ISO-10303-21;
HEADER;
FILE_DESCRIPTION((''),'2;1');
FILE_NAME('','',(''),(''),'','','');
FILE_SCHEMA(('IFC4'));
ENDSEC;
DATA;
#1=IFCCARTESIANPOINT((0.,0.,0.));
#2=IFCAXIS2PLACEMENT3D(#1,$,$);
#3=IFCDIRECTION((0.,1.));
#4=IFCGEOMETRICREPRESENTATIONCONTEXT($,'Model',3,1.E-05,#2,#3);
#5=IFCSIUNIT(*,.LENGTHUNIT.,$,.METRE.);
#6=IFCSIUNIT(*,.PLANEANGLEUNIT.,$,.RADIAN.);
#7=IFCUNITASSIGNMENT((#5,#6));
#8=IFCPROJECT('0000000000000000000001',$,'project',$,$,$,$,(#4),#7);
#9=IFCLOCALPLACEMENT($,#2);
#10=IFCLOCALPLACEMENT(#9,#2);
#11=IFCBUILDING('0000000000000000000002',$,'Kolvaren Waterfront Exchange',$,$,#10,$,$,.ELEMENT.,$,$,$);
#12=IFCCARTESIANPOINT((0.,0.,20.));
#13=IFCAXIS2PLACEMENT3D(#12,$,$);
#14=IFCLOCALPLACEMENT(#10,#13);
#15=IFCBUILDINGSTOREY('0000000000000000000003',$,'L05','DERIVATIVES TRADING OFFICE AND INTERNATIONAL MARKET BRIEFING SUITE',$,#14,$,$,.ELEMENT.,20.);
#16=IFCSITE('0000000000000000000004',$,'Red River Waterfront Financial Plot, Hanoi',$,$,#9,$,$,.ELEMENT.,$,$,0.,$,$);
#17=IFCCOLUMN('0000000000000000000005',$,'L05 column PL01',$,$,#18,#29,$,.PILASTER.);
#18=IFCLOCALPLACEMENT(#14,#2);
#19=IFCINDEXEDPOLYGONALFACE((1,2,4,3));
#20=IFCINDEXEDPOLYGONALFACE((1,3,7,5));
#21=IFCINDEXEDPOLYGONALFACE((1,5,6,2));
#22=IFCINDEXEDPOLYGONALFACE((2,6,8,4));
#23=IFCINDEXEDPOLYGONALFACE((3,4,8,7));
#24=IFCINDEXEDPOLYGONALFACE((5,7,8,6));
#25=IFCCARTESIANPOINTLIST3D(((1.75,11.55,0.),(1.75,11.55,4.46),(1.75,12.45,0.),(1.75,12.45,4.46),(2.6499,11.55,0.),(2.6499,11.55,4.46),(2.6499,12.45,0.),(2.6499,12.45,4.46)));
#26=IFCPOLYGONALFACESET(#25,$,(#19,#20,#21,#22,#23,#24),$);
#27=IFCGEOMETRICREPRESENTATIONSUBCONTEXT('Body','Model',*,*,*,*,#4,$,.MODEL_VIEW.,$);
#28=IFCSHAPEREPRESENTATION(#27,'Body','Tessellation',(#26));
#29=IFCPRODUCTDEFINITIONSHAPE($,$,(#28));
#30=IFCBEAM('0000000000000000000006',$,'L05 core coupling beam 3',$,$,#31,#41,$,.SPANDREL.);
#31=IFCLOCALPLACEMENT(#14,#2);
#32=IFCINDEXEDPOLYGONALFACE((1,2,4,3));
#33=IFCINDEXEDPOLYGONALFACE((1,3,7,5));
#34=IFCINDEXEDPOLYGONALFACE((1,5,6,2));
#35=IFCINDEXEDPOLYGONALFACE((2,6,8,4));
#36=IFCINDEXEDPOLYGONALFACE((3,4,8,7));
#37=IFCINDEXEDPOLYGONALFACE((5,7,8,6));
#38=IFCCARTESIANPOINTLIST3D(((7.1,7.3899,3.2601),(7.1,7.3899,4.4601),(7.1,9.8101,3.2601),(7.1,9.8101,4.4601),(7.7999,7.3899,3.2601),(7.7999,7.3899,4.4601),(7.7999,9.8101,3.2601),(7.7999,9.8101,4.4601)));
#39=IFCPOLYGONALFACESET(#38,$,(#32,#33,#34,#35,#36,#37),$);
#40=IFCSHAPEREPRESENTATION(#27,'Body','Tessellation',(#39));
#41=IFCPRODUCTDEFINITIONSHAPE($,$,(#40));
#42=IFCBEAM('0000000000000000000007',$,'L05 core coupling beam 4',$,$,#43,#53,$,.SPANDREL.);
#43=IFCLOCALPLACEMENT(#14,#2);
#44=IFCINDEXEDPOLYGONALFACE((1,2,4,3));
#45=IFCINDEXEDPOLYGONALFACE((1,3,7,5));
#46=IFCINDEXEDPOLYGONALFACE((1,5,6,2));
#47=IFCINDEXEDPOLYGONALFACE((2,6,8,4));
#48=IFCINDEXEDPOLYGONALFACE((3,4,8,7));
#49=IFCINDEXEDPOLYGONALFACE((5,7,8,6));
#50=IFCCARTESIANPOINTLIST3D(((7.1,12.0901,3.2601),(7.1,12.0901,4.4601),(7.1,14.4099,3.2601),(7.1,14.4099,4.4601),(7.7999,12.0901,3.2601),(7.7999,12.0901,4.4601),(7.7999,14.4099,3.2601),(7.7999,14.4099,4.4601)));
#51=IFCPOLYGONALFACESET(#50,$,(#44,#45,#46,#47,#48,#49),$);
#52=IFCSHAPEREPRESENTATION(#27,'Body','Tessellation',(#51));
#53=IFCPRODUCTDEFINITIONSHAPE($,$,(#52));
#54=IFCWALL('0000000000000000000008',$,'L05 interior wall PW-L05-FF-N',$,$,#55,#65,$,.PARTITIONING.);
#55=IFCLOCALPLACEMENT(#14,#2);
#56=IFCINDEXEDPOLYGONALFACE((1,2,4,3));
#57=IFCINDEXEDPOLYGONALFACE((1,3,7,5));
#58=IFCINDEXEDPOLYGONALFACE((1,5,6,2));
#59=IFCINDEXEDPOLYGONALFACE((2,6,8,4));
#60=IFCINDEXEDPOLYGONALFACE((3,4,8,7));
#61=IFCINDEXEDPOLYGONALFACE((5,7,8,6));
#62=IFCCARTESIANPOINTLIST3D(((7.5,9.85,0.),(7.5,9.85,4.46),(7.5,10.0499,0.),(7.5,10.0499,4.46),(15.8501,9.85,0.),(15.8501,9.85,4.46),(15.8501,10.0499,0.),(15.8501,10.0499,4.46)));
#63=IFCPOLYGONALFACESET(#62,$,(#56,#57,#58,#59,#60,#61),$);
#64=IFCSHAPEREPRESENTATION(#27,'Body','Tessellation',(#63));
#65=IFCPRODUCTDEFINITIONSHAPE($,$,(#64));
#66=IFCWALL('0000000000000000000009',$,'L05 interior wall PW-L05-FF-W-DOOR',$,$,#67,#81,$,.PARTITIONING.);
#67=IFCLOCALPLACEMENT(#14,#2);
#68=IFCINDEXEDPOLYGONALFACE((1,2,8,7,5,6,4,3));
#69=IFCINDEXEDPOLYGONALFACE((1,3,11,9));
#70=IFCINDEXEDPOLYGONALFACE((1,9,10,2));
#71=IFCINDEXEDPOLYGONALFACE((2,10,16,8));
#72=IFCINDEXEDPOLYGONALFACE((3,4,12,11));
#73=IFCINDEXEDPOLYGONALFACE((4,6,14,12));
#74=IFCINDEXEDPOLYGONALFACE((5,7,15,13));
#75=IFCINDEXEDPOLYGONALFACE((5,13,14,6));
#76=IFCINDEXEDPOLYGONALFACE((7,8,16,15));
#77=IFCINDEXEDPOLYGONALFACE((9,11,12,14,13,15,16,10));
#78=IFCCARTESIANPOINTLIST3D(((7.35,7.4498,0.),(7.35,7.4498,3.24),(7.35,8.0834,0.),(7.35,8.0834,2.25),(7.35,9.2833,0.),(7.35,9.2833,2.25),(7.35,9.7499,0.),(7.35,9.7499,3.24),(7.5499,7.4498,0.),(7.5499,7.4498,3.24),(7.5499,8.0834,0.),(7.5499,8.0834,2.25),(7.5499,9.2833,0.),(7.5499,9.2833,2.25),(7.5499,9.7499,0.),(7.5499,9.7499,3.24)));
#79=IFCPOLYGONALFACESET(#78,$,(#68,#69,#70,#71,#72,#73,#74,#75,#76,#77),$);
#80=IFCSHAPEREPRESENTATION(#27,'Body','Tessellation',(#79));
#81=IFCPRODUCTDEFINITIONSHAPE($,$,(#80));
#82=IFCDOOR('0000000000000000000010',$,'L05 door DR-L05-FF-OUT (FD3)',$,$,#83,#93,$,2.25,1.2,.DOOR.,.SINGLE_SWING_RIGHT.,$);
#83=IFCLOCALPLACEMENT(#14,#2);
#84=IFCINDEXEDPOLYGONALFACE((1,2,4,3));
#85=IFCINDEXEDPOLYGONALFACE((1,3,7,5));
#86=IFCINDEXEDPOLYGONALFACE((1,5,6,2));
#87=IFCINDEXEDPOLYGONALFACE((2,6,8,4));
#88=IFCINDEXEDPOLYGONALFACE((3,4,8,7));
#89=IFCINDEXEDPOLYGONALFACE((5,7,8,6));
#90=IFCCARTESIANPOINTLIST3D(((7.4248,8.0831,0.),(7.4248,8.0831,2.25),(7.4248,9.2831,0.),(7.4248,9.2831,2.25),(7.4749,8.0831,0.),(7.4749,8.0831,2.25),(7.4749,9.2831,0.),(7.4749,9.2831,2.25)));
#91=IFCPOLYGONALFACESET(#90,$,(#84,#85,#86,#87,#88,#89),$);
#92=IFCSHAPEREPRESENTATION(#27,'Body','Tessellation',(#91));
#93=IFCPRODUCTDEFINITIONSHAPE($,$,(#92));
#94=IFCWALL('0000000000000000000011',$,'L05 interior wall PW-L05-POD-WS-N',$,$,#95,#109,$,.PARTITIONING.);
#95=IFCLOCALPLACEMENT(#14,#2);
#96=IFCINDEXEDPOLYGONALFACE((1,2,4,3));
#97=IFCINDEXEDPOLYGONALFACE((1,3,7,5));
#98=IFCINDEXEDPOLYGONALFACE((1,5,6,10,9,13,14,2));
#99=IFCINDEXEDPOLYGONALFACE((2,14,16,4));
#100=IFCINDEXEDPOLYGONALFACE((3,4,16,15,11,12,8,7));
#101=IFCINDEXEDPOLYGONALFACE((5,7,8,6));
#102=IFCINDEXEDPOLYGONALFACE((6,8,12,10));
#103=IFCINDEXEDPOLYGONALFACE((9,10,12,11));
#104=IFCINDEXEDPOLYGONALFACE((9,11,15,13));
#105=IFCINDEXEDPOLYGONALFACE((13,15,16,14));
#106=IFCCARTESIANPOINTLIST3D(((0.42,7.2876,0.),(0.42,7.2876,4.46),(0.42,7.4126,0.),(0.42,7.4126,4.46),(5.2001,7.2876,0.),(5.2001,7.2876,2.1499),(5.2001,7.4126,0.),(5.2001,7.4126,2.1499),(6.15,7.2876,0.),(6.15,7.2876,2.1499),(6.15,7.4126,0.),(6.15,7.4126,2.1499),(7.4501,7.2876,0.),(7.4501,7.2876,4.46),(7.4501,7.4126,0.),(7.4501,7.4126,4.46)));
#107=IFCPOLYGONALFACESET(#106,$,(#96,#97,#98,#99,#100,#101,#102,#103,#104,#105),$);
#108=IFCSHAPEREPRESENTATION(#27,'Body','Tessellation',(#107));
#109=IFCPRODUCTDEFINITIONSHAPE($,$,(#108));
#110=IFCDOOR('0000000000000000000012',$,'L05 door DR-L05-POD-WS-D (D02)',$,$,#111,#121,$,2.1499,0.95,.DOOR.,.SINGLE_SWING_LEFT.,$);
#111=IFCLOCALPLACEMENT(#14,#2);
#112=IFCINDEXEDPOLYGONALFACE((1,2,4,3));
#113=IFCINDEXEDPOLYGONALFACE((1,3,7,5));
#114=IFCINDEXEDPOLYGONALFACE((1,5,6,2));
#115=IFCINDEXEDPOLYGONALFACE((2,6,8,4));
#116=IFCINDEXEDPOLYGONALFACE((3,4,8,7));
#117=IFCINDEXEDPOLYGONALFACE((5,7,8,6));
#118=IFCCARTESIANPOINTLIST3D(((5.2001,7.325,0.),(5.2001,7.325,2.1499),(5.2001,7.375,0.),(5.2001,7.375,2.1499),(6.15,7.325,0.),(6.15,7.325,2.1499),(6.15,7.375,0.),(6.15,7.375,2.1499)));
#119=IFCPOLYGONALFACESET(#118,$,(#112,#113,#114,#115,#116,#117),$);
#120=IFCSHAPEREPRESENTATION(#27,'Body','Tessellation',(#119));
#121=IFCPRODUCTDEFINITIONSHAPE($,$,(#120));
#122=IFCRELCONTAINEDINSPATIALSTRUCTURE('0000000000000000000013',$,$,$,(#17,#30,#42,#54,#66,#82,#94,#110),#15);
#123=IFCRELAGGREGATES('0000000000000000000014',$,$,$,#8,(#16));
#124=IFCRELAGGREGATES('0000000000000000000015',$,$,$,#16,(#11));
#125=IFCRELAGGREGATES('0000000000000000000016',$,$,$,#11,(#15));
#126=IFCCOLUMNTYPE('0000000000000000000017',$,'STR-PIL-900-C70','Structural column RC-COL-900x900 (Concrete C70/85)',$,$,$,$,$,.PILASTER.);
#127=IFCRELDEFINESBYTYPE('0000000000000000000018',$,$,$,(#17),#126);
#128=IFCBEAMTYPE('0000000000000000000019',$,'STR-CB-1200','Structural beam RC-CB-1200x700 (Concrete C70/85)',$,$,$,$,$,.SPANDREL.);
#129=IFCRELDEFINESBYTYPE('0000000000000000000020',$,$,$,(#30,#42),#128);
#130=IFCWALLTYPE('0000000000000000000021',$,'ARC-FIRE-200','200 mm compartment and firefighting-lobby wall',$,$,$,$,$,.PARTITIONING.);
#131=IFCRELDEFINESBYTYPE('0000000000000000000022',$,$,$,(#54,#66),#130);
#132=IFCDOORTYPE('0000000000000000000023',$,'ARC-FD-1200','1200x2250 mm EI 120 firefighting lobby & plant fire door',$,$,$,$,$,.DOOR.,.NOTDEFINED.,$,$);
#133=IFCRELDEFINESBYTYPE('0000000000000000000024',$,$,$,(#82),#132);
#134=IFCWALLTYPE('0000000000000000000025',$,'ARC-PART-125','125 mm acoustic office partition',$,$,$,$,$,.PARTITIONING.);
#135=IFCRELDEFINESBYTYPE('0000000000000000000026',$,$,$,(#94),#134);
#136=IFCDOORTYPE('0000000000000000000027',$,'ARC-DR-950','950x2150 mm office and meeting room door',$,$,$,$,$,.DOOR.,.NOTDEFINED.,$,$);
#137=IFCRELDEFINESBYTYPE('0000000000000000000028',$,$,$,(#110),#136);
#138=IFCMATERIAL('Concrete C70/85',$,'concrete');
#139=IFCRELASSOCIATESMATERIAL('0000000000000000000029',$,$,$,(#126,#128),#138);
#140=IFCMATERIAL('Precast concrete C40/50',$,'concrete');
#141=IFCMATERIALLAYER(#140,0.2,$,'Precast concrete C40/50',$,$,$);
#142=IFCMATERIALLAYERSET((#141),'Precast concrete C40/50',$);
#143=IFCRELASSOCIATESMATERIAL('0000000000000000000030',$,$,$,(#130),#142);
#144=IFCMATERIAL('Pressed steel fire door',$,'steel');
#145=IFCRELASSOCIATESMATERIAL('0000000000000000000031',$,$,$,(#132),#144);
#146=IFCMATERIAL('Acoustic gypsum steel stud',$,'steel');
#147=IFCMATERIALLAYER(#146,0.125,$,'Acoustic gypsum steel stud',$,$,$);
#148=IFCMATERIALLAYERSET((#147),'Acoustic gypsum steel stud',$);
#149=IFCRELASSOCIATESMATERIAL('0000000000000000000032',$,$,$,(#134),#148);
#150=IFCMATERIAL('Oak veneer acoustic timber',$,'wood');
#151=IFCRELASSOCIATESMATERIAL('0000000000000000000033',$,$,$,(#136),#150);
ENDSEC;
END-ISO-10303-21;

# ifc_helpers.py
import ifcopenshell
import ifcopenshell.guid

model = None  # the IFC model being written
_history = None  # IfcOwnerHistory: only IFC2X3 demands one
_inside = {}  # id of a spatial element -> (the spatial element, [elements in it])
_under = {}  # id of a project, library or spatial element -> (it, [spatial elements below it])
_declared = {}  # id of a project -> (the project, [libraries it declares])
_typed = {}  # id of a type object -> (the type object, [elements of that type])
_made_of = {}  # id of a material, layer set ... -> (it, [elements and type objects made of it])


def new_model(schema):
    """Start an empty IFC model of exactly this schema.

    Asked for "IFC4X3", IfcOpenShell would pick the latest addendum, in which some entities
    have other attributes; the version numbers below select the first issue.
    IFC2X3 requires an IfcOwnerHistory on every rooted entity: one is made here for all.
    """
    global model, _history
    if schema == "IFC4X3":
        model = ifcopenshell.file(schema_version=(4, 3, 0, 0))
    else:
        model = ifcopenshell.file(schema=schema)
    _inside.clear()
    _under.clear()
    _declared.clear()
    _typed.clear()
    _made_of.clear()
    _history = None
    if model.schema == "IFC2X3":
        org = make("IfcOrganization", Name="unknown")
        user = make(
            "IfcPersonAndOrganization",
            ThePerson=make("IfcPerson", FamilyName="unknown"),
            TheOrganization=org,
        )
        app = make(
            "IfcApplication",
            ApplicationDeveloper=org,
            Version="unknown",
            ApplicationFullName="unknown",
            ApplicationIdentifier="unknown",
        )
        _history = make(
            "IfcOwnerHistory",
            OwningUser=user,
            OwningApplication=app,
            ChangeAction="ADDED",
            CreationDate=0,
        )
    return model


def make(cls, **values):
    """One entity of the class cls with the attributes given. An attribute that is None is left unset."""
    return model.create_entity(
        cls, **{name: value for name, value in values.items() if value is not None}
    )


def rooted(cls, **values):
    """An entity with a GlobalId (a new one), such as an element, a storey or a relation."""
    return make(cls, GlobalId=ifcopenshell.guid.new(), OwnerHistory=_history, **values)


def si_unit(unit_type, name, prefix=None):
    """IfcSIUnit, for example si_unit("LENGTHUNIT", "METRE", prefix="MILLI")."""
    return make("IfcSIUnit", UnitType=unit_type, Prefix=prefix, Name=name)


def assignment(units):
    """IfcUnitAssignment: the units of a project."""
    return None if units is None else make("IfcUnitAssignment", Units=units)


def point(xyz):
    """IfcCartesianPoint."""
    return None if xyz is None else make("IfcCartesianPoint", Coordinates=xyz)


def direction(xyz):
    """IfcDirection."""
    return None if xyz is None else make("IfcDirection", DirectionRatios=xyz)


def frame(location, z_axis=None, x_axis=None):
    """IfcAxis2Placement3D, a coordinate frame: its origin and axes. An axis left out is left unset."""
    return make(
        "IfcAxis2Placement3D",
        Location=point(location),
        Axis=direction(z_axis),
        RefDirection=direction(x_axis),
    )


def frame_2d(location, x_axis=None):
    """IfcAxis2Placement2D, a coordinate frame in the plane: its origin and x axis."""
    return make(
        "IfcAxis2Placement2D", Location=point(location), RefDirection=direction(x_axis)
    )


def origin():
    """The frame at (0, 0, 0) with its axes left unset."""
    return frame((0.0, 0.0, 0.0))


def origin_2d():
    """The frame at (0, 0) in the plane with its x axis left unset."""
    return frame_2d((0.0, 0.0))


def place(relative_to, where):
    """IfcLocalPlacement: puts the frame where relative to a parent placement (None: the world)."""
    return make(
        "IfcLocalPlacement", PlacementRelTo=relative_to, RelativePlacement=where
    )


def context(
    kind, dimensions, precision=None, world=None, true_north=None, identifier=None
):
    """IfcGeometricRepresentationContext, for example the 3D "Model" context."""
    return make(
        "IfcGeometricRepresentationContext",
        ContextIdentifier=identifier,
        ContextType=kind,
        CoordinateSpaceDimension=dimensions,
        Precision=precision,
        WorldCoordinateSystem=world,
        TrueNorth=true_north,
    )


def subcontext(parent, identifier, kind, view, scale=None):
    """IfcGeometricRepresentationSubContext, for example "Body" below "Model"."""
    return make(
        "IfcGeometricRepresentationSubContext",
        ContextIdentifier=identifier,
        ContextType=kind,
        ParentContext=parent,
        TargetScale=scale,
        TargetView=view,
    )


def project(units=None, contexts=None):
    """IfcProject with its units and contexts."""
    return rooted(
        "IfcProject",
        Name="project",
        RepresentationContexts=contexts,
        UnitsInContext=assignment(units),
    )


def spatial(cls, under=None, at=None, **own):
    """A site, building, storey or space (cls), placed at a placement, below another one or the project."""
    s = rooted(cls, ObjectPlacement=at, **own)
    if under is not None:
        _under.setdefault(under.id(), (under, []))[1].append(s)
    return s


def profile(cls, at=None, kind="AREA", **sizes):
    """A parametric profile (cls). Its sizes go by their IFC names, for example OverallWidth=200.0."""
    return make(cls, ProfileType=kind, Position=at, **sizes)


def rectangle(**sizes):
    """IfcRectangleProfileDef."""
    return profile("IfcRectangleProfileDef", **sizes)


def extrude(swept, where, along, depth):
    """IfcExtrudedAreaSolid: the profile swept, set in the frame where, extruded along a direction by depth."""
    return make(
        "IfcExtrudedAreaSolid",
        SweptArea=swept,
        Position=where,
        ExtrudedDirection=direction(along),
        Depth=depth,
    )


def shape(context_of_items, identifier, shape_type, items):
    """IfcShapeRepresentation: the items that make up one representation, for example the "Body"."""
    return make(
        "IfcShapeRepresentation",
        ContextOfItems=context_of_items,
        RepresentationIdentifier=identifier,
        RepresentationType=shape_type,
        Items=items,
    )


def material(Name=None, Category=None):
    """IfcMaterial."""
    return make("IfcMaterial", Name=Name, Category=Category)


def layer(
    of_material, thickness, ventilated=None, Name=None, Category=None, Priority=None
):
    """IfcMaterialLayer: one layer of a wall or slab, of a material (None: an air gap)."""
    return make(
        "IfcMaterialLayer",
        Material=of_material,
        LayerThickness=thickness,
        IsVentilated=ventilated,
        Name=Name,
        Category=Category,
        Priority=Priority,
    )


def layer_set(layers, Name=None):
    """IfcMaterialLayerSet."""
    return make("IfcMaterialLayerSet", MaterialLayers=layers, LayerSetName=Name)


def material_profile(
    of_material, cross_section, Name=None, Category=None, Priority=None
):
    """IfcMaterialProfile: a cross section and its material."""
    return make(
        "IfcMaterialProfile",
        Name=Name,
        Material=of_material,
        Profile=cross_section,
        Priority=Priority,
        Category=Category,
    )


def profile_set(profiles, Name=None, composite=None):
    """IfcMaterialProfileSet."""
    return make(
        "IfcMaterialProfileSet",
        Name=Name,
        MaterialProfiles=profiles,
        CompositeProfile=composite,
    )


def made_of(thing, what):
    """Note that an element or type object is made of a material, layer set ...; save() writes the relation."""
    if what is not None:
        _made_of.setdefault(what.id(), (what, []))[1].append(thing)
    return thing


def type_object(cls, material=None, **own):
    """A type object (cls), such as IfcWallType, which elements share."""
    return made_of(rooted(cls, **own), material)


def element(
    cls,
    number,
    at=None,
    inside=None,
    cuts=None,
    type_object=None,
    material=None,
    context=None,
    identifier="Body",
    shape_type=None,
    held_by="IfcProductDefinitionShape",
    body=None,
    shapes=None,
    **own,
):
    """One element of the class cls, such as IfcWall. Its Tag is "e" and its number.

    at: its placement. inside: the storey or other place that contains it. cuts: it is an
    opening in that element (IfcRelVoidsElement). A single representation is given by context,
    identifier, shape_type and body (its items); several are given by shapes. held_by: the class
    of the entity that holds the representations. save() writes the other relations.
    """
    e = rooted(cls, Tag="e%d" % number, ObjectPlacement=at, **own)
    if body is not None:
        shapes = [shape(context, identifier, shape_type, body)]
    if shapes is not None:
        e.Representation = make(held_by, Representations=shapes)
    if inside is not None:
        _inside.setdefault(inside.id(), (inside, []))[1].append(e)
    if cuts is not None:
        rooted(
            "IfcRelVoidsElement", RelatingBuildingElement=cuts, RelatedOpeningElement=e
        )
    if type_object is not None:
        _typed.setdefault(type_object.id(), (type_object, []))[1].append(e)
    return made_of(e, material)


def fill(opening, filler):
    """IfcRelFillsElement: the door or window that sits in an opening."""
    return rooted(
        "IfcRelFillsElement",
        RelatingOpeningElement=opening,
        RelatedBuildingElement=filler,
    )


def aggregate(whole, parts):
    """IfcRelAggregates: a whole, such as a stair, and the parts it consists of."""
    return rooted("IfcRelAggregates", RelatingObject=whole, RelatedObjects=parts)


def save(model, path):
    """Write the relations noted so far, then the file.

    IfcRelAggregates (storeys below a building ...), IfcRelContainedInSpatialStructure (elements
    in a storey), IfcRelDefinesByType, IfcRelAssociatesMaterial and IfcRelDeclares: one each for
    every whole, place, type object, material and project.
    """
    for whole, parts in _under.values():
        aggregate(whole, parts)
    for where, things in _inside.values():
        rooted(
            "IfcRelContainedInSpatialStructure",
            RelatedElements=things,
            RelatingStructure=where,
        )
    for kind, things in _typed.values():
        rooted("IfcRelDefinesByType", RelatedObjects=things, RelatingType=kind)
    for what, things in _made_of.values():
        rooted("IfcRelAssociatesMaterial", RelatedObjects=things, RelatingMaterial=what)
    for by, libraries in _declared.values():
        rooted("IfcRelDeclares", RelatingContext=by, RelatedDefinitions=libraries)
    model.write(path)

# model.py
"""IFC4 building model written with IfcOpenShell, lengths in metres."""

from ifc_helpers import new_model, si_unit, direction, frame, frame_2d, origin, origin_2d, place, context, subcontext, project, spatial, rectangle, extrude, material, layer, layer_set, material_profile, profile_set, type_object, element, fill, save


model = new_model("IFC4")

# Units and contexts
model_context = context("Model", 3, precision=1e-05, world=origin(), true_north=direction((0.0, 1.0)))
body_context = subcontext(model_context, "Body", "Model", "MODEL_VIEW")
ifc_project = project(units=[si_unit("LENGTHUNIT", "METRE"), si_unit("PLANEANGLEUNIT", "RADIAN")], contexts=[model_context])

# Site, building, storey
site_placement = place(None, origin())
site = spatial("IfcSite", under=ifc_project, at=site_placement, Name="Red River Waterfront Financial Plot, Hanoi", CompositionType="ELEMENT", RefElevation=0.0)
building_placement = place(site_placement, origin())
building = spatial("IfcBuilding", under=site, at=building_placement, Name="Kolvaren Waterfront Exchange", CompositionType="ELEMENT")
storey_placement = place(building_placement, frame((0.0, 0.0, 20.0)))
storey = spatial("IfcBuildingStorey", under=building, at=storey_placement, Name="L05", Description="DERIVATIVES TRADING OFFICE AND INTERNATIONAL MARKET BRIEFING SUITE", CompositionType="ELEMENT", Elevation=20.0)

# Column
ifc_material_1 = material(Name="Concrete C70/85", Category="concrete")
ifc_material_profile_1 = material_profile(ifc_material_1, rectangle(XDim=0.8999, YDim=0.8999, at=origin_2d()), Name="RC-COL-900x900")
ifc_profile_set_1 = profile_set([ifc_material_profile_1], Name="Concrete C70/85")
column_type = type_object("IfcColumnType", Name="STR-PIL-900-C70", Description="Structural column RC-COL-900x900 (Concrete C70/85)", PredefinedType="PILASTER", material=ifc_profile_set_1)
column_placement = place(storey_placement, frame((2.2, 12.0, 0.0), z_axis=(0.0, 0.0, 1.0), x_axis=(1.0, 0.0, 0.0)))
element("IfcColumn", 1, at=column_placement, inside=storey, type_object=column_type, Name="L05 column PL01", PredefinedType="PILASTER", context=body_context, shape_type="SweptSolid", body=[
    extrude(rectangle(XDim=0.8999, YDim=0.8999, at=origin_2d()), origin(), (0.0, 0.0, 1.0), 4.46),
])

# Beams
ifc_material_profile_2 = material_profile(ifc_material_1, rectangle(XDim=0.7, YDim=1.2, at=origin_2d()), Name="RC-CB-1200x700")
ifc_profile_set_2 = profile_set([ifc_material_profile_2], Name="Concrete C70/85")
beam_type = type_object("IfcBeamType", Name="STR-CB-1200", Description="Structural beam RC-CB-1200x700 (Concrete C70/85)", PredefinedType="SPANDREL", material=ifc_profile_set_2)
beam_1_placement = place(storey_placement, frame((7.45, 7.3899, 3.8601), z_axis=(0.0, 1.0, 0.0), x_axis=(-1.0, 0.0, 0.0)))
element("IfcBeam", 2, at=beam_1_placement, inside=storey, type_object=beam_type, Name="L05 core coupling beam 3", PredefinedType="SPANDREL", context=body_context, shape_type="SweptSolid", body=[
    extrude(rectangle(XDim=0.7, YDim=1.2, at=origin_2d()), origin(), (0.0, 0.0, 1.0), 2.4202),
])
beam_2_placement = place(storey_placement, frame((7.45, 12.0901, 3.8601), z_axis=(0.0, 1.0, 0.0), x_axis=(-1.0, 0.0, 0.0)))
element("IfcBeam", 3, at=beam_2_placement, inside=storey, type_object=beam_type, Name="L05 core coupling beam 4", PredefinedType="SPANDREL", context=body_context, shape_type="SweptSolid", body=[
    extrude(rectangle(XDim=0.7, YDim=1.2, at=origin_2d()), origin(), (0.0, 0.0, 1.0), 2.3198),
])

# Wall
ifc_material_2 = material(Name="Precast concrete C40/50", Category="concrete")
ifc_layer_1 = layer(ifc_material_2, 0.2, Name="Precast concrete C40/50")
ifc_layer_set_1 = layer_set([ifc_layer_1], Name="Precast concrete C40/50")
wall_type_1 = type_object("IfcWallType", Name="ARC-FIRE-200", Description="200 mm compartment and firefighting-lobby wall", PredefinedType="PARTITIONING", material=ifc_layer_set_1)
wall_1_placement = place(storey_placement, frame((7.5, 9.95, 0.0), z_axis=(0.0, 0.0, 1.0), x_axis=(1.0, 0.0, 0.0)))
element("IfcWall", 4, at=wall_1_placement, inside=storey, type_object=wall_type_1, Name="L05 interior wall PW-L05-FF-N", PredefinedType="PARTITIONING", context=body_context, shape_type="SweptSolid", body=[
    extrude(rectangle(XDim=8.3501, YDim=0.2, at=frame_2d((4.175, 0.0))), origin(), (0.0, 0.0, 1.0), 4.46),
])

# Walls, openings, doors
wall_2_placement = place(storey_placement, frame((7.45, 7.45, 0.0), z_axis=(0.0, 0.0, 1.0), x_axis=(0.0, 1.0, 0.0)))
wall_2 = element("IfcWall", 5, at=wall_2_placement, inside=storey, type_object=wall_type_1, Name="L05 interior wall PW-L05-FF-W-DOOR", PredefinedType="PARTITIONING", context=body_context, shape_type="SweptSolid", body=[
    extrude(rectangle(XDim=2.3, YDim=0.2, at=frame_2d((1.1499, 0.0))), origin(), (0.0, 0.0, 1.0), 3.24),
])
opening_1_placement = place(wall_2_placement, frame((0.6333, 0.0, 0.0)))
opening_1 = element("IfcOpeningElement", 6, at=opening_1_placement, cuts=wall_2, PredefinedType="OPENING", context=body_context, shape_type="SweptSolid", body=[
    extrude(rectangle(XDim=1.2, YDim=2.25, at=frame_2d((0.6001, 1.125))), frame((0.0, 0.1099, 0.0), z_axis=(0.0, -1.0, 0.0), x_axis=(1.0, 0.0, 0.0)), (0.0, 0.0, 1.0), 0.22),
])
ifc_material_3 = material(Name="Pressed steel fire door", Category="steel")
door_type_1 = type_object("IfcDoorType", Name="ARC-FD-1200", Description="1200x2250 mm EI 120 firefighting lobby & plant fire door", OperationType="NOTDEFINED", PredefinedType="DOOR", material=ifc_material_3)
door_1_placement = place(opening_1_placement, frame((1.2, 0.0, 0.0), z_axis=(0.0, 0.0, 1.0), x_axis=(-1.0, 0.0, 0.0)))
door_1 = element("IfcDoor", 7, at=door_1_placement, inside=storey, type_object=door_type_1, Name="L05 door DR-L05-FF-OUT (FD3)", OperationType="SINGLE_SWING_RIGHT", OverallHeight=2.25, OverallWidth=1.2, PredefinedType="DOOR", context=body_context, shape_type="SweptSolid", body=[
    extrude(rectangle(XDim=1.2, YDim=2.25, at=frame_2d((0.6001, 1.125))), frame((0.0, 0.0249, 0.0), z_axis=(0.0, -1.0, 0.0), x_axis=(1.0, 0.0, 0.0)), (0.0, 0.0, 1.0), 0.05),
])
fill(opening_1, door_1)
ifc_material_4 = material(Name="Acoustic gypsum steel stud", Category="steel")
ifc_layer_2 = layer(ifc_material_4, 0.125, Name="Acoustic gypsum steel stud")
ifc_layer_set_2 = layer_set([ifc_layer_2], Name="Acoustic gypsum steel stud")
wall_type_2 = type_object("IfcWallType", Name="ARC-PART-125", Description="125 mm acoustic office partition", PredefinedType="PARTITIONING", material=ifc_layer_set_2)
wall_3_placement = place(storey_placement, frame((0.4199, 7.3501, 0.0), z_axis=(0.0, 0.0, 1.0), x_axis=(1.0, 0.0, 0.0)))
wall_3 = element("IfcWall", 8, at=wall_3_placement, inside=storey, type_object=wall_type_2, Name="L05 interior wall PW-L05-POD-WS-N", PredefinedType="PARTITIONING", context=body_context, shape_type="SweptSolid", body=[
    extrude(rectangle(XDim=7.03, YDim=0.125, at=frame_2d((3.5151, 0.0))), origin(), (0.0, 0.0, 1.0), 4.46),
])
opening_2_placement = place(wall_3_placement, frame((4.78, 0.0, 0.0)))
opening_2 = element("IfcOpeningElement", 9, at=opening_2_placement, cuts=wall_3, PredefinedType="OPENING", context=body_context, shape_type="SweptSolid", body=[
    extrude(rectangle(XDim=0.95, YDim=2.1499, at=frame_2d((0.4751, 1.075))), frame((0.0, 0.0725, 0.0), z_axis=(0.0, -1.0, 0.0), x_axis=(1.0, 0.0, 0.0)), (0.0, 0.0, 1.0), 0.145),
])
ifc_material_5 = material(Name="Oak veneer acoustic timber", Category="wood")
door_type_2 = type_object("IfcDoorType", Name="ARC-DR-950", Description="950x2150 mm office and meeting room door", OperationType="NOTDEFINED", PredefinedType="DOOR", material=ifc_material_5)
door_2_placement = place(opening_2_placement, origin())
door_2 = element("IfcDoor", 10, at=door_2_placement, inside=storey, type_object=door_type_2, Name="L05 door DR-L05-POD-WS-D (D02)", OperationType="SINGLE_SWING_LEFT", OverallHeight=2.1499, OverallWidth=0.95, PredefinedType="DOOR", context=body_context, shape_type="SweptSolid", body=[
    extrude(rectangle(XDim=0.95, YDim=2.1499, at=frame_2d((0.4751, 1.075))), frame((0.0, 0.0249, 0.0), z_axis=(0.0, -1.0, 0.0), x_axis=(1.0, 0.0, 0.0)), (0.0, 0.0, 1.0), 0.05),
])
fill(opening_2, door_2)

save(model, "model.ifc")
